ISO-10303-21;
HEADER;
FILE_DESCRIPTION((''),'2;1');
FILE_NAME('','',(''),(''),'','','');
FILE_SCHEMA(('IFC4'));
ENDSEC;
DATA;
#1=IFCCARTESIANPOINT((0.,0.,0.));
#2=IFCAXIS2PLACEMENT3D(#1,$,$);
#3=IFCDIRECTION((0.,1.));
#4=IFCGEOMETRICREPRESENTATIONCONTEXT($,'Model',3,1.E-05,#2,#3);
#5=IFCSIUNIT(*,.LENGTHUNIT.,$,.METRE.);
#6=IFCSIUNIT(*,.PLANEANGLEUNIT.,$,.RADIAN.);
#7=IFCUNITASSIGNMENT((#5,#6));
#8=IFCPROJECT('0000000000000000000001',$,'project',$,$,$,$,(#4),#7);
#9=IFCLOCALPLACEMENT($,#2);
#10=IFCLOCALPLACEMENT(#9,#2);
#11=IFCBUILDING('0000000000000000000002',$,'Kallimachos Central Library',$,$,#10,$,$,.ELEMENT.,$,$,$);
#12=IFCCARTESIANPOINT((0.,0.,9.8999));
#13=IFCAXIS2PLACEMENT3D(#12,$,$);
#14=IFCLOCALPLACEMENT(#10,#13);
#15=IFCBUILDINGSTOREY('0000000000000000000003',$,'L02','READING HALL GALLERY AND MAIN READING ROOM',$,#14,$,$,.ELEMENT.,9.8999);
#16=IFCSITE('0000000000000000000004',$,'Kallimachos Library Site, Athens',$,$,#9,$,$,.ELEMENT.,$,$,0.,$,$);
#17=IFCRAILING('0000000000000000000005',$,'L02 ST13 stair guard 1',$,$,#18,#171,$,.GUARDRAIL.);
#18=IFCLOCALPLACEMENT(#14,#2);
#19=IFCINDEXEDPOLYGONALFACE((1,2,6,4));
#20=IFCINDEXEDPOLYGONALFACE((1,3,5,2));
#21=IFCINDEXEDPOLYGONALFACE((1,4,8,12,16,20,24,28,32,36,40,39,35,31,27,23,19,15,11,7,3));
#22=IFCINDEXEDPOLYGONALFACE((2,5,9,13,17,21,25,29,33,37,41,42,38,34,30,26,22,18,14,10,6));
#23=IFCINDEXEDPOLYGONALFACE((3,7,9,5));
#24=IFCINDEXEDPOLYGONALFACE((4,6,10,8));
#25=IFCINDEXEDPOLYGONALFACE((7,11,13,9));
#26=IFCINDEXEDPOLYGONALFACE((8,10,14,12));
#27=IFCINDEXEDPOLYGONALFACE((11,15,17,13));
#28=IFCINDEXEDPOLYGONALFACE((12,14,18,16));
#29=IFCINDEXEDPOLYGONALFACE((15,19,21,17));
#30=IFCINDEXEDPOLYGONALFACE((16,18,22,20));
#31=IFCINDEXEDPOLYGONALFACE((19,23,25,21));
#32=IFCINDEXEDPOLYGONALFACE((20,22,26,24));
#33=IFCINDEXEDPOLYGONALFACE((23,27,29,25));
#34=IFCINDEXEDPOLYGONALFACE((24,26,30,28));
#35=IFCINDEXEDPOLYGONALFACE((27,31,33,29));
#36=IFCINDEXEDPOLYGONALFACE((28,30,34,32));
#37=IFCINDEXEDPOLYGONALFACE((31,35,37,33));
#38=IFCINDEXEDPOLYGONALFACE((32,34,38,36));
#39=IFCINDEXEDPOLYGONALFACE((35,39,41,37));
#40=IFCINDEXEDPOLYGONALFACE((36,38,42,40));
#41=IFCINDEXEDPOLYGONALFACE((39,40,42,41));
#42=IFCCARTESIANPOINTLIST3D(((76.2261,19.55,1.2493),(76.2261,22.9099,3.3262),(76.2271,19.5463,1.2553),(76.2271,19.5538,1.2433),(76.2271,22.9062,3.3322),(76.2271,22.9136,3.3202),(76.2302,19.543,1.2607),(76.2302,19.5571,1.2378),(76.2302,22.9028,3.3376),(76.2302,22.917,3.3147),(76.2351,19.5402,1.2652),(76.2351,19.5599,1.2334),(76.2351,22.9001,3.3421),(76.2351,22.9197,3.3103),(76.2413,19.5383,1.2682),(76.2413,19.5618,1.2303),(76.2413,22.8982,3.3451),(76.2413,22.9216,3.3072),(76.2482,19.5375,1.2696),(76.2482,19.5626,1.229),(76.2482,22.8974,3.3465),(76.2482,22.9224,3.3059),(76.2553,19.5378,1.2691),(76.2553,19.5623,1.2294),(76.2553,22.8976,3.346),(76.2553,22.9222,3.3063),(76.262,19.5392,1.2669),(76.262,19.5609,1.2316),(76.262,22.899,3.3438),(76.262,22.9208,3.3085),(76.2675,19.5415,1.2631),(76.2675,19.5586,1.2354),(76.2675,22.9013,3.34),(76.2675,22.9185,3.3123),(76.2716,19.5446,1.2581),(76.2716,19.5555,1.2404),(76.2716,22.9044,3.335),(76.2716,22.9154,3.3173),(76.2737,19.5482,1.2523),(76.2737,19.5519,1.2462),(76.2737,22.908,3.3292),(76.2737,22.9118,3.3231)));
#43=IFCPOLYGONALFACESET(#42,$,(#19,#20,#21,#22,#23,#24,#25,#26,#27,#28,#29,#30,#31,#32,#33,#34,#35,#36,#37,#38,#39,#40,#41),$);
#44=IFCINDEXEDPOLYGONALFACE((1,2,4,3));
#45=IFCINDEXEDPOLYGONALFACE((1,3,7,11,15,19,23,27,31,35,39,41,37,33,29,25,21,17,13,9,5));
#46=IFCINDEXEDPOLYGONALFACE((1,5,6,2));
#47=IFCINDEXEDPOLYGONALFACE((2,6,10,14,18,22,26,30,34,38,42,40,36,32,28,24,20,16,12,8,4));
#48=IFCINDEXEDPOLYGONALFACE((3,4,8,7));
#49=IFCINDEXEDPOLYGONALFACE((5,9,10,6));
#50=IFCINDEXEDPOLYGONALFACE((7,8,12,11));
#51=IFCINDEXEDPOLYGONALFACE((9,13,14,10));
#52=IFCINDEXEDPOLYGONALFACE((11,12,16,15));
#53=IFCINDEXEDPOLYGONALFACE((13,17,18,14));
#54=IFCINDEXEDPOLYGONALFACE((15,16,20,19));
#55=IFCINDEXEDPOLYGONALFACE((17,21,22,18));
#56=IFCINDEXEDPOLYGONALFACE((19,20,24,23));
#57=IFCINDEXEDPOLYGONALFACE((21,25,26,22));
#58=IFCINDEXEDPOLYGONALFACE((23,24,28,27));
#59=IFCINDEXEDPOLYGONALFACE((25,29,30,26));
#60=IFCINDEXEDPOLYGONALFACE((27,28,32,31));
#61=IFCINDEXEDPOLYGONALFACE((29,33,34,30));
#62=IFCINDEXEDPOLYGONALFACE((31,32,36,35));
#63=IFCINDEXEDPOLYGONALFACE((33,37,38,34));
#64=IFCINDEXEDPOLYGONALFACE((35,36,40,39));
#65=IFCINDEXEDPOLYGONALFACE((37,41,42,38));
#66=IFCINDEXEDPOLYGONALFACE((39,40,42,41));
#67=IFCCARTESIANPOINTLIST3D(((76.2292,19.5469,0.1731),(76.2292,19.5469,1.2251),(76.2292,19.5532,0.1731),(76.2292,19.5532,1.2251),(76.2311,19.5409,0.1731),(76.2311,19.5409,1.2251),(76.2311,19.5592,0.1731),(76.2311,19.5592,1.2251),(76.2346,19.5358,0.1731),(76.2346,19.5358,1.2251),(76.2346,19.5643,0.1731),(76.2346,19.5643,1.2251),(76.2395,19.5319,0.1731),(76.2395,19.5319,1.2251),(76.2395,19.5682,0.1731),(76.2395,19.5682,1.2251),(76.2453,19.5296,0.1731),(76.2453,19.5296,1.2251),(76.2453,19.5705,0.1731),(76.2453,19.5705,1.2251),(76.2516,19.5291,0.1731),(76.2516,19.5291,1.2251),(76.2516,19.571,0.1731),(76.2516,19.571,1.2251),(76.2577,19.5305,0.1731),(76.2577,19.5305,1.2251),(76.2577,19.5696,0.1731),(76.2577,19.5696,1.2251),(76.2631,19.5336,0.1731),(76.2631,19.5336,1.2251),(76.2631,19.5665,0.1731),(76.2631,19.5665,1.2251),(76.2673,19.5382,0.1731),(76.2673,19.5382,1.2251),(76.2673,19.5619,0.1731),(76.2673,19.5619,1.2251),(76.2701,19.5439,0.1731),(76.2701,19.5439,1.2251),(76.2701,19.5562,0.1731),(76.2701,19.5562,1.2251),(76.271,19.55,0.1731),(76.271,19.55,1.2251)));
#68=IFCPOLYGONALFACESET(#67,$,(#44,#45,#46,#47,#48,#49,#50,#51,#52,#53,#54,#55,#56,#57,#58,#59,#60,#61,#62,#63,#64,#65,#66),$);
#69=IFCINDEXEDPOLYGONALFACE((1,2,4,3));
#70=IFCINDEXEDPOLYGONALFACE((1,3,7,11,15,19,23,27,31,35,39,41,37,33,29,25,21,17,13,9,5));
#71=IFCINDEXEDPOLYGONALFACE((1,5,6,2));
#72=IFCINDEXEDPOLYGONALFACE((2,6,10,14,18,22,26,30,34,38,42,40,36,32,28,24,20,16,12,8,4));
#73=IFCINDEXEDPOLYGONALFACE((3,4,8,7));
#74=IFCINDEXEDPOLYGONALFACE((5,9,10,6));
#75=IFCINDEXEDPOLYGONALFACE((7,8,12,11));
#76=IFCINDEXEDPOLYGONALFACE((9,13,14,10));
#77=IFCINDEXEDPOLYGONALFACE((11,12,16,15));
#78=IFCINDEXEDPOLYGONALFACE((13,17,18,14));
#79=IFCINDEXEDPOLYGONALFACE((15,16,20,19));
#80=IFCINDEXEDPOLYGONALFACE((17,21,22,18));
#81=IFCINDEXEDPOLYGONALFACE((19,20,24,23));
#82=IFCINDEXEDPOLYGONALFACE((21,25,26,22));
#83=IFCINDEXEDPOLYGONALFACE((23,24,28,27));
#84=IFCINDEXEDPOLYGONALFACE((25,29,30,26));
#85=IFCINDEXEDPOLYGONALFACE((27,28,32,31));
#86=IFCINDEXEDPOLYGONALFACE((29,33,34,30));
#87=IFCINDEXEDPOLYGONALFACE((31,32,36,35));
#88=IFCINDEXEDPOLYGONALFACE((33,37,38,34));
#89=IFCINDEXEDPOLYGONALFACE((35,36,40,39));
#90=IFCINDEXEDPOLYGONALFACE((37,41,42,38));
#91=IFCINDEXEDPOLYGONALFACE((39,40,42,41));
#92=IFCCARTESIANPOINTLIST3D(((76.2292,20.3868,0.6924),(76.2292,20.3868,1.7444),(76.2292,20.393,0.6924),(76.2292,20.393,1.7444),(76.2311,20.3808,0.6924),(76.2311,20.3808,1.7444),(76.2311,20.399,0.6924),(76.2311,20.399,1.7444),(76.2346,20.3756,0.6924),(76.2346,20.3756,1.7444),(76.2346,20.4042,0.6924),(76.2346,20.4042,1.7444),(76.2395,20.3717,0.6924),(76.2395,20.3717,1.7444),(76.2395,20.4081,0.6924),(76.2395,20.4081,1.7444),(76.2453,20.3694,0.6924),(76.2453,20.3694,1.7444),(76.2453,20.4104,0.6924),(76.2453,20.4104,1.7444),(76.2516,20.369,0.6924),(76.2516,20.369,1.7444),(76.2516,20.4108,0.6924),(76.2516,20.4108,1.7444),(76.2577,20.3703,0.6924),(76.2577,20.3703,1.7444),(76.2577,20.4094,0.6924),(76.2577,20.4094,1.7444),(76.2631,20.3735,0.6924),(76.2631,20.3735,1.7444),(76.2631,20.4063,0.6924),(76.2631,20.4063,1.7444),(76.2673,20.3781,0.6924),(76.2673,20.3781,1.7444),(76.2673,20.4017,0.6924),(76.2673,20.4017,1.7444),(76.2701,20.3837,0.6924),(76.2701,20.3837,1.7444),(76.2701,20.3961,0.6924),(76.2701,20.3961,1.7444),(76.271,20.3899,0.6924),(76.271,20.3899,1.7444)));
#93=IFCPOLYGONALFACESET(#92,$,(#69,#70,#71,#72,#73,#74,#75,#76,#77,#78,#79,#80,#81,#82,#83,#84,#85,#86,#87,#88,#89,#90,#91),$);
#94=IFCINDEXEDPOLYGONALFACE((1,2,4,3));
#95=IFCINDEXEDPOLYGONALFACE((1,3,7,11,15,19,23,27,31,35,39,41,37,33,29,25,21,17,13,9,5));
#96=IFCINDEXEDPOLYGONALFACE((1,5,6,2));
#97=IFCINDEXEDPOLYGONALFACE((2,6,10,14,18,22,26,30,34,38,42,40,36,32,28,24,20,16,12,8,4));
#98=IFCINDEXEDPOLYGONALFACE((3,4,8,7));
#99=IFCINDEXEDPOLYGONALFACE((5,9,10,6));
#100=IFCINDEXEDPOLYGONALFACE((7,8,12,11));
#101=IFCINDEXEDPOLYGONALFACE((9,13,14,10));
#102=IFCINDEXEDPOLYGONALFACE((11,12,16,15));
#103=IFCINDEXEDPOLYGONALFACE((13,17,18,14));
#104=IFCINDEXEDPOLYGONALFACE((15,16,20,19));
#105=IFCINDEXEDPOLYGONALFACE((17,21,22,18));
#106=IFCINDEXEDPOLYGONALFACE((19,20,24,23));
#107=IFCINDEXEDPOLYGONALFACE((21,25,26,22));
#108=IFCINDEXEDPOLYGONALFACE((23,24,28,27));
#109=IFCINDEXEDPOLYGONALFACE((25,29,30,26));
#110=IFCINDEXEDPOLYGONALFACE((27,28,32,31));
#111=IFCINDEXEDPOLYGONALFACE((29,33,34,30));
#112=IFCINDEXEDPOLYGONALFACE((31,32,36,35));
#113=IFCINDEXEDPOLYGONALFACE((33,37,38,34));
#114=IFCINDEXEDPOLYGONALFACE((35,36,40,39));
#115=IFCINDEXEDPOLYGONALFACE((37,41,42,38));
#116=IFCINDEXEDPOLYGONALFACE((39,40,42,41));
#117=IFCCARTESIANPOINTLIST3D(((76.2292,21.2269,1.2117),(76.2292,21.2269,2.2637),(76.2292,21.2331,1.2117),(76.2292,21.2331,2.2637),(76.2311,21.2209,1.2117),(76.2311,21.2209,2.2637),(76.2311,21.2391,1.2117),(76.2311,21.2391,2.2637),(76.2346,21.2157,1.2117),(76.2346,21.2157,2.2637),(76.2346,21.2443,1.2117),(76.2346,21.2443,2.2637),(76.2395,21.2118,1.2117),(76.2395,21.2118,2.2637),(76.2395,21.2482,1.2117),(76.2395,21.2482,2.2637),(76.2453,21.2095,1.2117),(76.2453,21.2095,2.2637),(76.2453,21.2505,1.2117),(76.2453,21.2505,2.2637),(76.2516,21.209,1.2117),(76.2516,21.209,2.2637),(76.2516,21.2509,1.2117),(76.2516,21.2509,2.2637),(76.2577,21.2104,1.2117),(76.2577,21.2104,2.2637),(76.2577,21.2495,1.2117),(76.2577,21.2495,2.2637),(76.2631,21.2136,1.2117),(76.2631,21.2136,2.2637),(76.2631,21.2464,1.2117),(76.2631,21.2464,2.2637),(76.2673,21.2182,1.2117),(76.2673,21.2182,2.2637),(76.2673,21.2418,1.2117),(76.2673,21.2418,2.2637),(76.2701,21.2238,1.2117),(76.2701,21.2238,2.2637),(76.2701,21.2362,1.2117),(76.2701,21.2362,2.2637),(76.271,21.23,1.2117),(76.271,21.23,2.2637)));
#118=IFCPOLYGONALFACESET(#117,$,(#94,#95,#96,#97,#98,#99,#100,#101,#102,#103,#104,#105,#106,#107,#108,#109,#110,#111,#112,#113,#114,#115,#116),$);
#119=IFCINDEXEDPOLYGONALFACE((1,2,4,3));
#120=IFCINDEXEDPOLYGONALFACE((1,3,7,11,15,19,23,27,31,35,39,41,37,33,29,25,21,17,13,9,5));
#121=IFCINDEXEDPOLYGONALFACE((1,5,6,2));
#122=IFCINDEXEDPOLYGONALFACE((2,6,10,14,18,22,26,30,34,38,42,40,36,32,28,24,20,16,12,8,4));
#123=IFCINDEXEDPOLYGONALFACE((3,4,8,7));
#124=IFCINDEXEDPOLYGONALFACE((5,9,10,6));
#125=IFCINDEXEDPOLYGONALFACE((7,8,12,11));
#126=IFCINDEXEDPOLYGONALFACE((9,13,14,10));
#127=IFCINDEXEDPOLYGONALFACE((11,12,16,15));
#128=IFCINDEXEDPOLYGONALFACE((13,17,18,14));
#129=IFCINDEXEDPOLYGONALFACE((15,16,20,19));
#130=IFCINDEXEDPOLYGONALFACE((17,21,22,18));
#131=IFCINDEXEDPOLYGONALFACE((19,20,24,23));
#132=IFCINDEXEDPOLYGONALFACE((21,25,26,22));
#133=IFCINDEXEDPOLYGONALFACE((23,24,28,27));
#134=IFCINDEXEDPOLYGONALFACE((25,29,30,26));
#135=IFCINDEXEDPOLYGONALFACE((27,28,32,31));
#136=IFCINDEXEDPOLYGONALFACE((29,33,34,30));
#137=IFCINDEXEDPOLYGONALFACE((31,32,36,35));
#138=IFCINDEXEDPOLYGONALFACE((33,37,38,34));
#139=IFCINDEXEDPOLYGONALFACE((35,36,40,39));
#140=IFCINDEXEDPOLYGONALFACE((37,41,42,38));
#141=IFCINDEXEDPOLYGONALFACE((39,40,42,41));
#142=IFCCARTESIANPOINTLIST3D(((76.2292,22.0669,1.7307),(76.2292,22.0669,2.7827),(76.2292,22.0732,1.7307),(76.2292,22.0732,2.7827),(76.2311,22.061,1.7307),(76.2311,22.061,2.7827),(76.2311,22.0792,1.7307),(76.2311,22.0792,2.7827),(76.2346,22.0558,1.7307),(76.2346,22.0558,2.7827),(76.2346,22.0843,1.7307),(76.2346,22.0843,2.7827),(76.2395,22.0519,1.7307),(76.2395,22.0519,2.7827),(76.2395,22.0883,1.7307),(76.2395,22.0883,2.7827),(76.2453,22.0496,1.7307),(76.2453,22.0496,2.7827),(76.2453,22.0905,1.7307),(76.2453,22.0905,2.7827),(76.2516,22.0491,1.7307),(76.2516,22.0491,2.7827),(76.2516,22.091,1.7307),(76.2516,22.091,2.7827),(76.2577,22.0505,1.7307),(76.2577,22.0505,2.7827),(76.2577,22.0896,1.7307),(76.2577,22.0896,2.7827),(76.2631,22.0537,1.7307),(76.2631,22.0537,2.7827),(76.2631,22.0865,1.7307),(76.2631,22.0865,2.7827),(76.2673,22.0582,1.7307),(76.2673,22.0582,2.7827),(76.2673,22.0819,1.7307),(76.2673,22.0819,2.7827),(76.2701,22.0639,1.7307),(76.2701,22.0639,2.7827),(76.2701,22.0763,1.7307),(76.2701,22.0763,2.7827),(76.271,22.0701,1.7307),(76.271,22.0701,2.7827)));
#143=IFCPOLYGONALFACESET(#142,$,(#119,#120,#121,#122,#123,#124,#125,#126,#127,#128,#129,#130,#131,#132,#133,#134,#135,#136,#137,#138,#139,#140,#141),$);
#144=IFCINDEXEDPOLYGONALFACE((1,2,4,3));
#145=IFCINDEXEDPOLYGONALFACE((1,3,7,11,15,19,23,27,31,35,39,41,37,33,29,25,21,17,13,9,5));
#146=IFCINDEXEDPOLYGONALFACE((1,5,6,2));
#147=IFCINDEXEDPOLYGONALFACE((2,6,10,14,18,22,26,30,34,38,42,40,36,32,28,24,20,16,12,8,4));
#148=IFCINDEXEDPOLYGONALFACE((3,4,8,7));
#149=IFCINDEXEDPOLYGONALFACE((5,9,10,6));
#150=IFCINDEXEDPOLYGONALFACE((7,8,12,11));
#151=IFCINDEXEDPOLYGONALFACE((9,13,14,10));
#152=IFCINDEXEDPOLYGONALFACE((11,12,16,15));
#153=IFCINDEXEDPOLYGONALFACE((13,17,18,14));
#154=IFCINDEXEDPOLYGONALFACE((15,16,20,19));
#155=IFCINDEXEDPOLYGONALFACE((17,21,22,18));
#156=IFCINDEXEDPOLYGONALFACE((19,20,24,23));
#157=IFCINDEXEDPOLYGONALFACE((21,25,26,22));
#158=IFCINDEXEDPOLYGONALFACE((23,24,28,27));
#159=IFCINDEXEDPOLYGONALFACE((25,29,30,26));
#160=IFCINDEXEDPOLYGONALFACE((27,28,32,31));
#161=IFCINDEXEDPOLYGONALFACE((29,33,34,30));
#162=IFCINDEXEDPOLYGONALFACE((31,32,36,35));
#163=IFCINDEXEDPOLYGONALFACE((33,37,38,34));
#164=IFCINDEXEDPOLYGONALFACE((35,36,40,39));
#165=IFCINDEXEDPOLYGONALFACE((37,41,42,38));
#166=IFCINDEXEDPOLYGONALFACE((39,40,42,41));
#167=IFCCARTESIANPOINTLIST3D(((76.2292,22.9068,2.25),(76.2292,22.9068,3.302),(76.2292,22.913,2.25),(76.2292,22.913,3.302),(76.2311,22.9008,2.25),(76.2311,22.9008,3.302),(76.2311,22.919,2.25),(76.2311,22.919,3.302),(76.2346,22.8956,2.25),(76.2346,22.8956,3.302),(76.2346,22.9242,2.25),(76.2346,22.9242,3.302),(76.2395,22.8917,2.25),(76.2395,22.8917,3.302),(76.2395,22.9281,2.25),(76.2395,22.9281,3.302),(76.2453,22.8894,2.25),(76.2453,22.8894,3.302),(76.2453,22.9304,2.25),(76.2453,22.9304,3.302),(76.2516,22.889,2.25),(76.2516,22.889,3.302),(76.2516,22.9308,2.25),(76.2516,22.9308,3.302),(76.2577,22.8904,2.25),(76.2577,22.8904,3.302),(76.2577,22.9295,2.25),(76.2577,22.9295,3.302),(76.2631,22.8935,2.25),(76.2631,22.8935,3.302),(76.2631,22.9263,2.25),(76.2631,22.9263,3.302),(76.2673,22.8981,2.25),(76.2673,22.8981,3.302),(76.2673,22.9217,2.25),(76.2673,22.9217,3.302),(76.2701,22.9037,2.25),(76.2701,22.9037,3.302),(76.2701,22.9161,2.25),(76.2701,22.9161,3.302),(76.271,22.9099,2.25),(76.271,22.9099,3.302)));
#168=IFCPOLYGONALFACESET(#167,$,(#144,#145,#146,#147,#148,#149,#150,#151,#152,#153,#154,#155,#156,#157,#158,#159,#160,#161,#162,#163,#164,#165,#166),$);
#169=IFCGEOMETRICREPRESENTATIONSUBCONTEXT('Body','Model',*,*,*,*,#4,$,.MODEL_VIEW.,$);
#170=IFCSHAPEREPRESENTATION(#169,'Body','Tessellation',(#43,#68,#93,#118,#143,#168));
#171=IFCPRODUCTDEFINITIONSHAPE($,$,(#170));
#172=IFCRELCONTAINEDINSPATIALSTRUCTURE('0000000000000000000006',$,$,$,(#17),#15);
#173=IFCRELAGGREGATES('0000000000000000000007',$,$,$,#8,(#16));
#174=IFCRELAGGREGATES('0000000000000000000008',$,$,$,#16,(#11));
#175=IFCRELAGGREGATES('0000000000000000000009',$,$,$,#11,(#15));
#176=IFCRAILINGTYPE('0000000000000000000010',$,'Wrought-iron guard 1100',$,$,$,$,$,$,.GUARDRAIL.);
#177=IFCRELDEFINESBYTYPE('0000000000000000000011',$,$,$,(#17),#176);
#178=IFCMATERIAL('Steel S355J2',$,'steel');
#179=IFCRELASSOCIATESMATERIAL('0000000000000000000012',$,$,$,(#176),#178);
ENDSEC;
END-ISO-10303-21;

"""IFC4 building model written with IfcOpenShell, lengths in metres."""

from ifc_helpers import new_model, si_unit, direction, frame, origin, origin_2d, place, context, subcontext, project, spatial, circle, extrude, material, type_object, element, save


model = new_model("IFC4")

# Units and contexts
model_context = context("Model", 3, precision=1e-05, world=origin(), true_north=direction((0.0, 1.0)))
body_context = subcontext(model_context, "Body", "Model", "MODEL_VIEW")
ifc_project = project(units=[si_unit("LENGTHUNIT", "METRE"), si_unit("PLANEANGLEUNIT", "RADIAN")], contexts=[model_context])

# Site, building, storey
site_placement = place(None, origin())
site = spatial("IfcSite", under=ifc_project, at=site_placement, Name="Kallimachos Library Site, Athens", CompositionType="ELEMENT", RefElevation=0.0)
building_placement = place(site_placement, origin())
building = spatial("IfcBuilding", under=site, at=building_placement, Name="Kallimachos Central Library", CompositionType="ELEMENT")
storey_placement = place(building_placement, frame((0.0, 0.0, 9.8999)))
storey = spatial("IfcBuildingStorey", under=building, at=storey_placement, Name="L02", Description="READING HALL GALLERY AND MAIN READING ROOM", CompositionType="ELEMENT", Elevation=9.8999)

# Railing
ifc_material_1 = material(Name="Steel S355J2", Category="steel")
railing_type = type_object("IfcRailingType", Name="Wrought-iron guard 1100", PredefinedType="GUARDRAIL", material=ifc_material_1)
railing_1_placement = place(storey_placement, frame((76.25, 19.55, 0.1731)))
element("IfcRailing", 1, at=railing_1_placement, inside=storey, type_object=railing_type, Name="L02 ST13 stair guard 1", PredefinedType="GUARDRAIL", context=body_context, shape_type="SweptSolid", body=[
    extrude(circle(Radius=0.0239, at=origin_2d()), frame((0.0, 0.0, 1.0762), z_axis=(0.0, 0.850606, 0.525803), x_axis=(-1.0, 0.0, 0.0)), (0.0, 0.0, 1.0), 3.95),
    extrude(circle(Radius=0.021, at=origin_2d()), origin(), (0.0, 0.0, 1.0), 1.052),
    extrude(circle(Radius=0.021, at=origin_2d()), frame((0.0, 0.8398, 0.5193)), (0.0, 0.0, 1.0), 1.052),
    extrude(circle(Radius=0.021, at=origin_2d()), frame((0.0, 1.6799, 1.0386)), (0.0, 0.0, 1.0), 1.052),
    extrude(circle(Radius=0.021, at=origin_2d()), frame((0.0, 2.52, 1.5576)), (0.0, 0.0, 1.0), 1.052),
    extrude(circle(Radius=0.021, at=origin_2d()), frame((0.0, 3.3599, 2.0769)), (0.0, 0.0, 1.0), 1.052),
])

save(model, "model.ifc")
